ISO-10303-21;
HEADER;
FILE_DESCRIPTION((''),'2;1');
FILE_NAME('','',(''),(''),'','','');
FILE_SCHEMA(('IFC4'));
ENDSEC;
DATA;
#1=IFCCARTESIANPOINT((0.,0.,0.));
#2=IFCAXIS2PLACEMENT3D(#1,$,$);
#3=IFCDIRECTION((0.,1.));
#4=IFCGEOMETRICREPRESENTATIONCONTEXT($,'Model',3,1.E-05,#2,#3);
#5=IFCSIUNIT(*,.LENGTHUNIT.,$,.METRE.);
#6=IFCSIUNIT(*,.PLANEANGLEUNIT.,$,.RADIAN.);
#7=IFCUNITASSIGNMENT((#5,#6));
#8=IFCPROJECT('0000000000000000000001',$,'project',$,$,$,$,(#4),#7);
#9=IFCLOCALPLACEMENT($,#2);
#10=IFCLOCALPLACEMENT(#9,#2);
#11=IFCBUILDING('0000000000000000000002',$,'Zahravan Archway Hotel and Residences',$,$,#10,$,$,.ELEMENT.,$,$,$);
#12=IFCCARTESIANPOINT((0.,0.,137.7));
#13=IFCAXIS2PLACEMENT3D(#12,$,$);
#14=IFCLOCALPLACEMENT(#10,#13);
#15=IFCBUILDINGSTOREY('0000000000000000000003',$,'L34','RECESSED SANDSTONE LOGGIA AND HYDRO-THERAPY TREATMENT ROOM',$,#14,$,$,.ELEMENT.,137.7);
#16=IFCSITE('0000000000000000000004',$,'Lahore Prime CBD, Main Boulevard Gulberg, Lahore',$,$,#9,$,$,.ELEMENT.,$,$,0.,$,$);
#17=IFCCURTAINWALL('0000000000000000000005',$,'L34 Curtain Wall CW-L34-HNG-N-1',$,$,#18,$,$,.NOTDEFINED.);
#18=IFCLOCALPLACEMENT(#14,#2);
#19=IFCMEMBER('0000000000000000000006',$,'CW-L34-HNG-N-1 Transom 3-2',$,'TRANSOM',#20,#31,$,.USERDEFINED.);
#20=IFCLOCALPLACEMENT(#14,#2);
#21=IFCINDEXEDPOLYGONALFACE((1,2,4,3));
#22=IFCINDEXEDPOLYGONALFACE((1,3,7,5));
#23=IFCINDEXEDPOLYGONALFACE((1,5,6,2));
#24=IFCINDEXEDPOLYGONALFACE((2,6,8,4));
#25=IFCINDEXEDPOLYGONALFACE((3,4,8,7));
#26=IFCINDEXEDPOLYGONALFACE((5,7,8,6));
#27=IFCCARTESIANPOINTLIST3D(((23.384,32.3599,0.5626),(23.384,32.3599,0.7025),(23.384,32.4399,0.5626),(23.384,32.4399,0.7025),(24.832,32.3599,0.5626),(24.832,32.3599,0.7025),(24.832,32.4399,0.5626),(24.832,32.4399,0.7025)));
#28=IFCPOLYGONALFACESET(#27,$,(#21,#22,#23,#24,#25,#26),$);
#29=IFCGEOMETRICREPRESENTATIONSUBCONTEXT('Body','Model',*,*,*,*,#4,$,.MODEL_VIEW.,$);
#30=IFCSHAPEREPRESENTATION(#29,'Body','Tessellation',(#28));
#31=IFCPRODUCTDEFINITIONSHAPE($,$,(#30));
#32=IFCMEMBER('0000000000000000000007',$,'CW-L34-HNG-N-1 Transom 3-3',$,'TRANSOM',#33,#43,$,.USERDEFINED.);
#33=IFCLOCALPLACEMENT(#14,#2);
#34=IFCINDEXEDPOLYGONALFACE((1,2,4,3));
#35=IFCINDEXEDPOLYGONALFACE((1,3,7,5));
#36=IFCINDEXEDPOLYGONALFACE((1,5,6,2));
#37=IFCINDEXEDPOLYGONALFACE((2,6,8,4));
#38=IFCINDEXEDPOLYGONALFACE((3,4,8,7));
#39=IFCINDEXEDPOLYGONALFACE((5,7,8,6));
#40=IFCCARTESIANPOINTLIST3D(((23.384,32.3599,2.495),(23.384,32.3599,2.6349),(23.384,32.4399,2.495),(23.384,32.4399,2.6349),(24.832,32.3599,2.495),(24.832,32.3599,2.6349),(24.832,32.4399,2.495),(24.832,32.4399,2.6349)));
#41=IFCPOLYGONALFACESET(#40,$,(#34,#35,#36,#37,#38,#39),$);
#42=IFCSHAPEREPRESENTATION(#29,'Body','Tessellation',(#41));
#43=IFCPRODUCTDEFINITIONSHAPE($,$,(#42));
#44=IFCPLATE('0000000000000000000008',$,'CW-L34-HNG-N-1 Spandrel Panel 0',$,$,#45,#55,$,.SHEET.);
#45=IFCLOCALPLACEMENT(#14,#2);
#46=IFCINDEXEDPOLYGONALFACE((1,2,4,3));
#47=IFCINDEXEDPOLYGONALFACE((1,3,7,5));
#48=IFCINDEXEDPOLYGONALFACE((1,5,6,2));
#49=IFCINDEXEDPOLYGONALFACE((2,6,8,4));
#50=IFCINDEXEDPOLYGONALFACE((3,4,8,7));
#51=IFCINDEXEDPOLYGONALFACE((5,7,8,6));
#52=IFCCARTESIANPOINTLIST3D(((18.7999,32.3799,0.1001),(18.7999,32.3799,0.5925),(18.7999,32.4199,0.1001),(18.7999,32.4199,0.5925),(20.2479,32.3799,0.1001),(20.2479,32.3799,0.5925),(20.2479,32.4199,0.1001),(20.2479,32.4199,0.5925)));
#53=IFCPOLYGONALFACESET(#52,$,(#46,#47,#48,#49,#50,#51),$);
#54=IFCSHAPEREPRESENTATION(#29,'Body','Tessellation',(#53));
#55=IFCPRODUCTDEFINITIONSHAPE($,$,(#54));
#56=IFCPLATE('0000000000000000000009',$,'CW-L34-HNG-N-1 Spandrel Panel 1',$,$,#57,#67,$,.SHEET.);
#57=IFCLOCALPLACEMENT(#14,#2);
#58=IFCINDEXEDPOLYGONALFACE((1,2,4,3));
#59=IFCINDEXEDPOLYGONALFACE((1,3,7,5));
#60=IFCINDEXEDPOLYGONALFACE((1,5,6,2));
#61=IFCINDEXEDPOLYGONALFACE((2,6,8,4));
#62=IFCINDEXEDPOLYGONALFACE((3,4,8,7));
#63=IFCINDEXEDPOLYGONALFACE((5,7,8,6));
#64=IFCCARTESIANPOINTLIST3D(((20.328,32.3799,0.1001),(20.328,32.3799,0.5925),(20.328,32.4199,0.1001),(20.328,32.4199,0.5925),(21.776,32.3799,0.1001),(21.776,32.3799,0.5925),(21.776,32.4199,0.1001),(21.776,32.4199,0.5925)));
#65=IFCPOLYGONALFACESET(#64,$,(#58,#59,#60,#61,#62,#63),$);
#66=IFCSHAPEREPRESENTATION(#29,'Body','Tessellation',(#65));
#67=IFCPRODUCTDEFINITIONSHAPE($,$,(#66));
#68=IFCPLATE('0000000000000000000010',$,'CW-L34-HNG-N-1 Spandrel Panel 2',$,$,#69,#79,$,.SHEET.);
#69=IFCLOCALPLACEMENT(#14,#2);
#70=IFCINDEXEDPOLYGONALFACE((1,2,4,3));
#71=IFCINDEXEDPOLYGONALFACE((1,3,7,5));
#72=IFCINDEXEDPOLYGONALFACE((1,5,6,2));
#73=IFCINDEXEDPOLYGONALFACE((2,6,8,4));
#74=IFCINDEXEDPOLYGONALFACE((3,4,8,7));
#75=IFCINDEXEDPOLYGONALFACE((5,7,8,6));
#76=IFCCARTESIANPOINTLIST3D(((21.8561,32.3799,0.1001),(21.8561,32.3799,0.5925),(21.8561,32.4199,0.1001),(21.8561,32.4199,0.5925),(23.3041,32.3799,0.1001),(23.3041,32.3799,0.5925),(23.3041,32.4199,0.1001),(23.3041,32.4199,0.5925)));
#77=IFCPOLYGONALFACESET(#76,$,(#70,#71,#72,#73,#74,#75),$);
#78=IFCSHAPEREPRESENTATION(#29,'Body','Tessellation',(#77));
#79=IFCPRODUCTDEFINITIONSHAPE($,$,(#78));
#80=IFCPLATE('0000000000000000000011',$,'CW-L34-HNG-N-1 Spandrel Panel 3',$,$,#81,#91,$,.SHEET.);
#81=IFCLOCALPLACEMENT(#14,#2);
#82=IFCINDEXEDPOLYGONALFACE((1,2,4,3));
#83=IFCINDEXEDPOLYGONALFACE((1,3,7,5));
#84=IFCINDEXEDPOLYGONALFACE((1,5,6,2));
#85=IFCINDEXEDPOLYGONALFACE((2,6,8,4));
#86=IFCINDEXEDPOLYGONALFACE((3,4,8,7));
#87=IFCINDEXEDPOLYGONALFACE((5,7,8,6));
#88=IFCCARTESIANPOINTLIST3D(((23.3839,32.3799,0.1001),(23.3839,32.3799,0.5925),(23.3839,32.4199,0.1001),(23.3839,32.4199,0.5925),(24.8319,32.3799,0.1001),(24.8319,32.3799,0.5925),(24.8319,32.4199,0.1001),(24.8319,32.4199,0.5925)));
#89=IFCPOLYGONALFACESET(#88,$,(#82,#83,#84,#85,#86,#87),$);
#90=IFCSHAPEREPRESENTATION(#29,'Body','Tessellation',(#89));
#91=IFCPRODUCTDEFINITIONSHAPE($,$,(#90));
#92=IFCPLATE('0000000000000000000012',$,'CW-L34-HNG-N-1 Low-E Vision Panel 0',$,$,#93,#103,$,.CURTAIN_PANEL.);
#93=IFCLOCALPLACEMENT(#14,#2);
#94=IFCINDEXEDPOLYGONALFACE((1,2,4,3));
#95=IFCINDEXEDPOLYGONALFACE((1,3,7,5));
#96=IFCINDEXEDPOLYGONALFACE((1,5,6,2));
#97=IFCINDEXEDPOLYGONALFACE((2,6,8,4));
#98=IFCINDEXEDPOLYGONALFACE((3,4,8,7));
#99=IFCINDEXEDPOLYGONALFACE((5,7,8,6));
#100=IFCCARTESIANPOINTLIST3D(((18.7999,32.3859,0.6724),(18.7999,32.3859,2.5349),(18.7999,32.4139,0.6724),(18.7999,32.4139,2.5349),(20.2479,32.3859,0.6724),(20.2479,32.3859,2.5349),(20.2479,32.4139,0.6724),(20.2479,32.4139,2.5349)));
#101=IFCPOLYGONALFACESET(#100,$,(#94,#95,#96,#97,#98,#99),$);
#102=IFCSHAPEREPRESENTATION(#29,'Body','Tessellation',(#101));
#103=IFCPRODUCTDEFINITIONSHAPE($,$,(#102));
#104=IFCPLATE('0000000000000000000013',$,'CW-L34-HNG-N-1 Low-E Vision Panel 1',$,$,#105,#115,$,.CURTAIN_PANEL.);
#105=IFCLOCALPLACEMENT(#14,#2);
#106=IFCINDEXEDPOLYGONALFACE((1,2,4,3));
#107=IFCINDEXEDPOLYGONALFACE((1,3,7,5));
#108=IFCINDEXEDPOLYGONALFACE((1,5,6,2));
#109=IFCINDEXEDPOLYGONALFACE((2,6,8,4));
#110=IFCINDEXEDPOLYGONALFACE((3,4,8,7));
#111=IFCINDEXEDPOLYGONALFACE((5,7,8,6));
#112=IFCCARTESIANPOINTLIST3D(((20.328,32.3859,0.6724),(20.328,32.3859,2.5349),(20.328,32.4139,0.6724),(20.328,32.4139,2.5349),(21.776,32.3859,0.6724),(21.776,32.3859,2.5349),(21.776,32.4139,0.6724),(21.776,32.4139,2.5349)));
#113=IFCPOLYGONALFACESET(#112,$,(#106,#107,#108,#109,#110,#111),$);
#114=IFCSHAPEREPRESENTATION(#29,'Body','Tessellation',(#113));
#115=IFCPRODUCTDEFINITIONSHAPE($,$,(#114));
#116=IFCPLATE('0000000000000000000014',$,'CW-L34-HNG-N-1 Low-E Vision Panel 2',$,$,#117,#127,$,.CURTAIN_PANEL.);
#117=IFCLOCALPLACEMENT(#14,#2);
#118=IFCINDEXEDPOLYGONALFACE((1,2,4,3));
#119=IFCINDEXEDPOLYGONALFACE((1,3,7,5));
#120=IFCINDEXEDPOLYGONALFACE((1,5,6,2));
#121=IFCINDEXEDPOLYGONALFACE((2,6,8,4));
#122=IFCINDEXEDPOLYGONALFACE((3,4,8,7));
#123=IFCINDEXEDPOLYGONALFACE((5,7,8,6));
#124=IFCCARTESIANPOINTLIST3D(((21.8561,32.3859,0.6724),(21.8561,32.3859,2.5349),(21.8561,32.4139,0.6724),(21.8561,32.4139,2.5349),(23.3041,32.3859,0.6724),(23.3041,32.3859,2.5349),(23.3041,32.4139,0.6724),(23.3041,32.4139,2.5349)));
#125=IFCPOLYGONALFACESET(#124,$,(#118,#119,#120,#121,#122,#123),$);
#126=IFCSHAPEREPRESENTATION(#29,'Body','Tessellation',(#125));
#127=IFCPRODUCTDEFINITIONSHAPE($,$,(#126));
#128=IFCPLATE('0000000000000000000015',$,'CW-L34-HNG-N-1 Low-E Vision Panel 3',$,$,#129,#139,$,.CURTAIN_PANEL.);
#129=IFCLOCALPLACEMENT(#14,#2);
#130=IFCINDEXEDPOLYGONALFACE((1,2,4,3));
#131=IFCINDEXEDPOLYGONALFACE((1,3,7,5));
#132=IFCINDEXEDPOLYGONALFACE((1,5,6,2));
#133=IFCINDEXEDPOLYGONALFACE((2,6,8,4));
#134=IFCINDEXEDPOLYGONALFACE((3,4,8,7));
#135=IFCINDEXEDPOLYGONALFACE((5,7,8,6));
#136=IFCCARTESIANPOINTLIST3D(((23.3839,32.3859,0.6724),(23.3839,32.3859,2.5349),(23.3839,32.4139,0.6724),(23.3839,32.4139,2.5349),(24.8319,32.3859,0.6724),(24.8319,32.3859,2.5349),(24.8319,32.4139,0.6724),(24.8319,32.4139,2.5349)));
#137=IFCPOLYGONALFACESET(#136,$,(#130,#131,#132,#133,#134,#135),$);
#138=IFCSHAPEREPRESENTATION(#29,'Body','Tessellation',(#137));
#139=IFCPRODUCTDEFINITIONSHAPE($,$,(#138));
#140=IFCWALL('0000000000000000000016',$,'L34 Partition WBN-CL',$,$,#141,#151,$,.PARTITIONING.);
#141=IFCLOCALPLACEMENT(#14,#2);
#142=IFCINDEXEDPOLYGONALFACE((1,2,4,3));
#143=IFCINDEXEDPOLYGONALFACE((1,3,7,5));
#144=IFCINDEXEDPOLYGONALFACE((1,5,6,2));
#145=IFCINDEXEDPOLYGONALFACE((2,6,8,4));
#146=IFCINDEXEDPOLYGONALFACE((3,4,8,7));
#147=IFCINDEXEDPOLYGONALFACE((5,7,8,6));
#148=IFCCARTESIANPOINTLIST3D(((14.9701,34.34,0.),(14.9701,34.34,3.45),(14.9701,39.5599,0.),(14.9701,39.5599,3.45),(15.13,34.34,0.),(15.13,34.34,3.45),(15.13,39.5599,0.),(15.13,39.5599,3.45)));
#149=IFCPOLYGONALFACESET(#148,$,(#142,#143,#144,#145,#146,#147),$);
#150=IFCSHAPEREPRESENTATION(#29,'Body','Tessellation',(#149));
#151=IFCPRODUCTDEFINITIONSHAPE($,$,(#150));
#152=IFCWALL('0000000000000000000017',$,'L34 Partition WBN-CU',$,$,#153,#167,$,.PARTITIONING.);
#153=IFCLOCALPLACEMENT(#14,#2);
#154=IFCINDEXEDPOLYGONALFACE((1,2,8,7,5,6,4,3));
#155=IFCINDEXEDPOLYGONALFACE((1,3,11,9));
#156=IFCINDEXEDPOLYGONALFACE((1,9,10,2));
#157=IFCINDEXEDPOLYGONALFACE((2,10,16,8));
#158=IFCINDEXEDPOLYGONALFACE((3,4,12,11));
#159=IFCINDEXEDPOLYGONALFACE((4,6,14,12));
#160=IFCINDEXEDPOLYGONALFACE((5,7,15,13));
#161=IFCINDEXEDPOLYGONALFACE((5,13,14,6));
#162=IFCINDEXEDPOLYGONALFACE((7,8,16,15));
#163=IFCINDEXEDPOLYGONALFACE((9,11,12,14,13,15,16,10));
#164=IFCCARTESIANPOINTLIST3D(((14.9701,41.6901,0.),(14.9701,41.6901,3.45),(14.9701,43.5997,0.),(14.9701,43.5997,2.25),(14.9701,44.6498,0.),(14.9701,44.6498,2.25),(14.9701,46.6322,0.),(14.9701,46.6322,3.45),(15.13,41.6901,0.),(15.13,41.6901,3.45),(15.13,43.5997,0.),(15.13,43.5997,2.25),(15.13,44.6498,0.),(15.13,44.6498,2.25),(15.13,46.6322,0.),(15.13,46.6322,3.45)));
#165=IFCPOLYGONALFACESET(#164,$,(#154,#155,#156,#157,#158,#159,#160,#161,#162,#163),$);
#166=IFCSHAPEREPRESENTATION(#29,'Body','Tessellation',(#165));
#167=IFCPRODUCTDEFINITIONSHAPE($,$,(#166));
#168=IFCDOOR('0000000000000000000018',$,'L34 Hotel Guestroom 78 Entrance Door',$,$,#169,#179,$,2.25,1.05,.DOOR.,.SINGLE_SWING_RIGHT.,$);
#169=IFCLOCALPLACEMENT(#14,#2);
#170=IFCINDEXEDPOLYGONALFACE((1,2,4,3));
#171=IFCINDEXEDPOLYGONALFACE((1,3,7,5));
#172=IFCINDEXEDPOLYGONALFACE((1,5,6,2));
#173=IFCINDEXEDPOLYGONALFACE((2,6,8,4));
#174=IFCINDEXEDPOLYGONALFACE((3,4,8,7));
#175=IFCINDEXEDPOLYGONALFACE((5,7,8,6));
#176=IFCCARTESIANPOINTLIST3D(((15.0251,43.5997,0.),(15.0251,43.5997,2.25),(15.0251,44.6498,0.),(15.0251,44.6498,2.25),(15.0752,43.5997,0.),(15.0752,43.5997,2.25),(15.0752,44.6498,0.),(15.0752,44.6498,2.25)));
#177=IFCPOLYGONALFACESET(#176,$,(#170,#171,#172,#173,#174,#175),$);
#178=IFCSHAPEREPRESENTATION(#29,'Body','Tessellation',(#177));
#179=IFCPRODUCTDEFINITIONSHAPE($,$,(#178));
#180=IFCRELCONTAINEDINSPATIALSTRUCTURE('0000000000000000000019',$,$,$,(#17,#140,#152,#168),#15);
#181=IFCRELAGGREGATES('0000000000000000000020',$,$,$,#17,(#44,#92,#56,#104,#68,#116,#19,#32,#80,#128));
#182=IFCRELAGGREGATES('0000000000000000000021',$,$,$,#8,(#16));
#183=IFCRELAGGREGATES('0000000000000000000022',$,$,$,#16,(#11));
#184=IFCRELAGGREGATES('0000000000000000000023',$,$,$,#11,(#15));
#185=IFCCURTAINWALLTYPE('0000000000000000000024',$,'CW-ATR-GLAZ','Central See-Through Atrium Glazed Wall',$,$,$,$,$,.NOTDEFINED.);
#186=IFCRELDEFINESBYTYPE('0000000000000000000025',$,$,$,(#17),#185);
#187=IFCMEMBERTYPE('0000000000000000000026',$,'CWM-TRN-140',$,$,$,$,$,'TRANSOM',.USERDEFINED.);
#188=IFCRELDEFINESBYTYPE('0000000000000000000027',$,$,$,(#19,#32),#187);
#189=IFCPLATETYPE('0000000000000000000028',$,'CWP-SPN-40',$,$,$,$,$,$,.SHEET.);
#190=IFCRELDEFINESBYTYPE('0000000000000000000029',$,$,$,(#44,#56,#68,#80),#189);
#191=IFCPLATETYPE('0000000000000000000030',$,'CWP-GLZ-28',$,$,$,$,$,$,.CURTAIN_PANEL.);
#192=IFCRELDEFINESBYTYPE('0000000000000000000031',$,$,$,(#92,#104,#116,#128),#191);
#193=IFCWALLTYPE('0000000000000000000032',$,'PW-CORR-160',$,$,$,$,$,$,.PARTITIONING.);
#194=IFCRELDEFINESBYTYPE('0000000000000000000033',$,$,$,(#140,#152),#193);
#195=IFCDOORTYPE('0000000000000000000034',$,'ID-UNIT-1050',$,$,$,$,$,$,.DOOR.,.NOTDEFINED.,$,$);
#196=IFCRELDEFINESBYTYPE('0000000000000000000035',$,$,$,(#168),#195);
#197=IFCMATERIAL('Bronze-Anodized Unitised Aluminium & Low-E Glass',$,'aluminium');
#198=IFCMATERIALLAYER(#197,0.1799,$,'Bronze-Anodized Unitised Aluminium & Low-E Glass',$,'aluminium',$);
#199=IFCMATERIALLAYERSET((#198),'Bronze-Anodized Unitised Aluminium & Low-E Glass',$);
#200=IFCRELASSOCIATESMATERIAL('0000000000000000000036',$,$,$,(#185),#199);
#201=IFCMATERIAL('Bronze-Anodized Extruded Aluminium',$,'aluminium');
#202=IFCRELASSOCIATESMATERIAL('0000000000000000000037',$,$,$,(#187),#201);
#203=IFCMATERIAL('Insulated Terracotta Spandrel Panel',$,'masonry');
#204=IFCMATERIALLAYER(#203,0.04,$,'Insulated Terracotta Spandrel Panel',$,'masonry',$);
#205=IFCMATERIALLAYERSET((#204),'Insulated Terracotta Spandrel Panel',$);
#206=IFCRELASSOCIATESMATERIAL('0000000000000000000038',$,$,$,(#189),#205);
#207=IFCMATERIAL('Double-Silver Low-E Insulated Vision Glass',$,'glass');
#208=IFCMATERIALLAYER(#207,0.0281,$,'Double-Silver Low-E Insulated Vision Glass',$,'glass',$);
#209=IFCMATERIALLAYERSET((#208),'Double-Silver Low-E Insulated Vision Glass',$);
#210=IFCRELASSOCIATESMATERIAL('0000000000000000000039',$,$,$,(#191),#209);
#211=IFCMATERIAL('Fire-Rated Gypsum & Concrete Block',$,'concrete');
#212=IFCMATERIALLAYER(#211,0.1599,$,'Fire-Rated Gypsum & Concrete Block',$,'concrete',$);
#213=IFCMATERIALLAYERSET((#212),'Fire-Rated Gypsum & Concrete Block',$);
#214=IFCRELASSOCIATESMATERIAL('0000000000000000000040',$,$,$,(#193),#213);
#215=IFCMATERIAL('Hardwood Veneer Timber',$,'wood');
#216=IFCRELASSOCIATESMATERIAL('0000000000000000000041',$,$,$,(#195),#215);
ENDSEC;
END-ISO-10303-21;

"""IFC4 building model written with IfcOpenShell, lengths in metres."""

from ifc_helpers import new_model, si_unit, direction, frame, frame_2d, origin, origin_2d, place, context, subcontext, project, spatial, rectangle, extrude, source, transform, mapped, material, layer, layer_set, material_profile, profile_set, type_object, type_shapes, element, fill, aggregate, save


model = new_model("IFC4")

# Units and contexts
model_context = context("Model", 3, precision=1e-05, world=origin(), true_north=direction((0.0, 1.0)))
body_context = subcontext(model_context, "Body", "Model", "MODEL_VIEW")
ifc_project = project(units=[si_unit("LENGTHUNIT", "METRE"), si_unit("PLANEANGLEUNIT", "RADIAN")], contexts=[model_context])

# Site, building, storey
site_placement = place(None, origin())
site = spatial("IfcSite", under=ifc_project, at=site_placement, Name="Lahore Prime CBD, Main Boulevard Gulberg, Lahore", CompositionType="ELEMENT", RefElevation=0.0)
building_placement = place(site_placement, origin())
building = spatial("IfcBuilding", under=site, at=building_placement, Name="Zahravan Archway Hotel and Residences", CompositionType="ELEMENT")
storey_placement = place(building_placement, frame((0.0, 0.0, 137.7)))
storey = spatial("IfcBuildingStorey", under=building, at=storey_placement, Name="L34", Description="RECESSED SANDSTONE LOGGIA AND HYDRO-THERAPY TREATMENT ROOM", CompositionType="ELEMENT", Elevation=137.7)

# Curtain wall, members, plates
ifc_material_1 = material(Name="Bronze-Anodized Unitised Aluminium & Low-E Glass", Category="aluminium")
ifc_layer_1 = layer(ifc_material_1, 0.1799, Name="Bronze-Anodized Unitised Aluminium & Low-E Glass", Category="aluminium")
ifc_layer_set_1 = layer_set([ifc_layer_1], Name="Bronze-Anodized Unitised Aluminium & Low-E Glass")
curtain_wall_type = type_object("IfcCurtainWallType", Name="CW-ATR-GLAZ", Description="Central See-Through Atrium Glazed Wall", PredefinedType="NOTDEFINED", material=ifc_layer_set_1)
curtain_wall_placement = place(storey_placement, origin())
curtain_wall = element("IfcCurtainWall", 1, at=curtain_wall_placement, inside=storey, type_object=curtain_wall_type, Name="L34 Curtain Wall CW-L34-HNG-N-1", PredefinedType="NOTDEFINED")
ifc_material_2 = material(Name="Bronze-Anodized Extruded Aluminium", Category="aluminium")
ifc_material_profile_1 = material_profile(ifc_material_2, rectangle(XDim=0.0801, YDim=0.1399, at=origin_2d()), Name="TRN 80x140", Category="aluminium")
ifc_profile_set_1 = profile_set([ifc_material_profile_1], Name="Bronze-Anodized Extruded Aluminium")
member_type_1 = type_object("IfcMemberType", Name="CWM-TRN-140", ElementType="TRANSOM", PredefinedType="USERDEFINED", material=ifc_profile_set_1)
shared_shape_1 = source(origin(), body_context, "Body", "SweptSolid", [
    extrude(rectangle(XDim=0.0801, YDim=0.1399, at=origin_2d()), origin(), (0.0, 0.0, 1.0), 1.448),
])
member_1_placement = place(storey_placement, frame((23.384, 32.3999, 0.6326), z_axis=(1.0, 0.0, 0.0), x_axis=(0.0, 1.0, 0.0)))
member_1 = element("IfcMember", 2, at=member_1_placement, type_object=member_type_1, Name="CW-L34-HNG-N-1 Transom 3-2", ObjectType="TRANSOM", PredefinedType="USERDEFINED", context=body_context, shape_type="MappedRepresentation", body=[
    mapped(shared_shape_1, transform((0.0, 0.0, 0.0), scale=1.0)),
])
member_2_placement = place(storey_placement, frame((23.384, 32.3999, 2.5649), z_axis=(1.0, 0.0, 0.0), x_axis=(0.0, 1.0, 0.0)))
member_2 = element("IfcMember", 3, at=member_2_placement, type_object=member_type_1, Name="CW-L34-HNG-N-1 Transom 3-3", ObjectType="TRANSOM", PredefinedType="USERDEFINED", context=body_context, shape_type="MappedRepresentation", body=[
    mapped(shared_shape_1, transform((0.0, 0.0, 0.0), scale=1.0)),
])
ifc_material_3 = material(Name="Insulated Terracotta Spandrel Panel", Category="masonry")
ifc_layer_2 = layer(ifc_material_3, 0.04, Name="Insulated Terracotta Spandrel Panel", Category="masonry")
ifc_layer_set_2 = layer_set([ifc_layer_2], Name="Insulated Terracotta Spandrel Panel")
plate_type_1 = type_object("IfcPlateType", Name="CWP-SPN-40", PredefinedType="SHEET", material=ifc_layer_set_2)
shared_shape_2 = source(origin(), body_context, "Body", "SweptSolid", [
    extrude(rectangle(XDim=1.448, YDim=0.04, at=origin_2d()), origin(), (0.0, 0.0, 1.0), 0.4924),
])
plate_1_placement = place(storey_placement, frame((19.5239, 32.3999, 0.1001), z_axis=(0.0, 0.0, 1.0), x_axis=(1.0, 0.0, 0.0)))
plate_1 = element("IfcPlate", 4, at=plate_1_placement, type_object=plate_type_1, Name="CW-L34-HNG-N-1 Spandrel Panel 0", PredefinedType="SHEET", context=body_context, shape_type="MappedRepresentation", body=[
    mapped(shared_shape_2, transform((0.0, 0.0, 0.0), scale=1.0)),
])
plate_2_placement = place(storey_placement, frame((21.052, 32.3999, 0.1001), z_axis=(0.0, 0.0, 1.0), x_axis=(1.0, 0.0, 0.0)))
plate_2 = element("IfcPlate", 5, at=plate_2_placement, type_object=plate_type_1, Name="CW-L34-HNG-N-1 Spandrel Panel 1", PredefinedType="SHEET", context=body_context, shape_type="MappedRepresentation", body=[
    mapped(shared_shape_2, transform((0.0, 0.0, 0.0), scale=1.0)),
])
plate_3_placement = place(storey_placement, frame((22.5801, 32.3999, 0.1001), z_axis=(0.0, 0.0, 1.0), x_axis=(1.0, 0.0, 0.0)))
plate_3 = element("IfcPlate", 6, at=plate_3_placement, type_object=plate_type_1, Name="CW-L34-HNG-N-1 Spandrel Panel 2", PredefinedType="SHEET", context=body_context, shape_type="MappedRepresentation", body=[
    mapped(shared_shape_2, transform((0.0, 0.0, 0.0), scale=1.0)),
])
plate_4_placement = place(storey_placement, frame((24.1079, 32.3999, 0.1001), z_axis=(0.0, 0.0, 1.0), x_axis=(1.0, 0.0, 0.0)))
plate_4 = element("IfcPlate", 7, at=plate_4_placement, type_object=plate_type_1, Name="CW-L34-HNG-N-1 Spandrel Panel 3", PredefinedType="SHEET", context=body_context, shape_type="MappedRepresentation", body=[
    mapped(shared_shape_2, transform((0.0, 0.0, 0.0), scale=1.0)),
])
ifc_material_4 = material(Name="Double-Silver Low-E Insulated Vision Glass", Category="glass")
ifc_layer_3 = layer(ifc_material_4, 0.0281, Name="Double-Silver Low-E Insulated Vision Glass", Category="glass")
ifc_layer_set_3 = layer_set([ifc_layer_3], Name="Double-Silver Low-E Insulated Vision Glass")
plate_type_2 = type_object("IfcPlateType", Name="CWP-GLZ-28", PredefinedType="CURTAIN_PANEL", material=ifc_layer_set_3)
shared_shape_3 = source(origin(), body_context, "Body", "SweptSolid", [
    extrude(rectangle(XDim=1.448, YDim=0.0281, at=origin_2d()), origin(), (0.0, 0.0, 1.0), 1.8625),
])
plate_5_placement = place(storey_placement, frame((19.5239, 32.3999, 0.6724), z_axis=(0.0, 0.0, 1.0), x_axis=(1.0, 0.0, 0.0)))
plate_5 = element("IfcPlate", 8, at=plate_5_placement, type_object=plate_type_2, Name="CW-L34-HNG-N-1 Low-E Vision Panel 0", PredefinedType="CURTAIN_PANEL", context=body_context, shape_type="MappedRepresentation", body=[
    mapped(shared_shape_3, transform((0.0, 0.0, 0.0), scale=1.0)),
])
plate_6_placement = place(storey_placement, frame((21.052, 32.3999, 0.6724), z_axis=(0.0, 0.0, 1.0), x_axis=(1.0, 0.0, 0.0)))
plate_6 = element("IfcPlate", 9, at=plate_6_placement, type_object=plate_type_2, Name="CW-L34-HNG-N-1 Low-E Vision Panel 1", PredefinedType="CURTAIN_PANEL", context=body_context, shape_type="MappedRepresentation", body=[
    mapped(shared_shape_3, transform((0.0, 0.0, 0.0), scale=1.0)),
])
plate_7_placement = place(storey_placement, frame((22.5801, 32.3999, 0.6724), z_axis=(0.0, 0.0, 1.0), x_axis=(1.0, 0.0, 0.0)))
plate_7 = element("IfcPlate", 10, at=plate_7_placement, type_object=plate_type_2, Name="CW-L34-HNG-N-1 Low-E Vision Panel 2", PredefinedType="CURTAIN_PANEL", context=body_context, shape_type="MappedRepresentation", body=[
    mapped(shared_shape_3, transform((0.0, 0.0, 0.0), scale=1.0)),
])
plate_8_placement = place(storey_placement, frame((24.1079, 32.3999, 0.6724), z_axis=(0.0, 0.0, 1.0), x_axis=(1.0, 0.0, 0.0)))
plate_8 = element("IfcPlate", 11, at=plate_8_placement, type_object=plate_type_2, Name="CW-L34-HNG-N-1 Low-E Vision Panel 3", PredefinedType="CURTAIN_PANEL", context=body_context, shape_type="MappedRepresentation", body=[
    mapped(shared_shape_3, transform((0.0, 0.0, 0.0), scale=1.0)),
])
aggregate(curtain_wall, [plate_1, plate_5, plate_2, plate_6, plate_3, plate_7, member_1, member_2, plate_4, plate_8])

# Wall
ifc_material_5 = material(Name="Fire-Rated Gypsum & Concrete Block", Category="concrete")
ifc_layer_4 = layer(ifc_material_5, 0.1599, Name="Fire-Rated Gypsum & Concrete Block", Category="concrete")
ifc_layer_set_4 = layer_set([ifc_layer_4], Name="Fire-Rated Gypsum & Concrete Block")
wall_type = type_object("IfcWallType", Name="PW-CORR-160", PredefinedType="PARTITIONING", material=ifc_layer_set_4)
wall_1_placement = place(storey_placement, frame((15.05, 34.3401, 0.0), z_axis=(0.0, 0.0, 1.0), x_axis=(0.0, 1.0, 0.0)))
element("IfcWall", 12, at=wall_1_placement, inside=storey, type_object=wall_type, Name="L34 Partition WBN-CL", PredefinedType="PARTITIONING", context=body_context, shape_type="SweptSolid", body=[
    extrude(rectangle(XDim=5.22, YDim=0.1599, at=frame_2d((2.6099, 0.0))), origin(), (0.0, 0.0, 1.0), 3.45),
])

# Wall, opening, door
wall_2_placement = place(storey_placement, frame((15.05, 41.6899, 0.0), z_axis=(0.0, 0.0, 1.0), x_axis=(0.0, 1.0, 0.0)))
wall_2 = element("IfcWall", 13, at=wall_2_placement, inside=storey, type_object=wall_type, Name="L34 Partition WBN-CU", PredefinedType="PARTITIONING", context=body_context, shape_type="SweptSolid", body=[
    extrude(rectangle(XDim=4.9421, YDim=0.1599, at=frame_2d((2.4712, 0.0))), origin(), (0.0, 0.0, 1.0), 3.45),
])
opening_placement = place(wall_2_placement, frame((1.9099, 0.0, 0.0)))
opening = element("IfcOpeningElement", 14, at=opening_placement, cuts=wall_2, PredefinedType="OPENING", context=body_context, shape_type="SweptSolid", body=[
    extrude(rectangle(XDim=1.05, YDim=2.25, at=frame_2d((0.5249, 1.125))), frame((0.0, 0.0898, 0.0), z_axis=(0.0, -1.0, 0.0), x_axis=(1.0, 0.0, 0.0)), (0.0, 0.0, 1.0), 0.1799),
])
ifc_material_6 = material(Name="Hardwood Veneer Timber", Category="wood")
door_type = type_object("IfcDoorType", Name="ID-UNIT-1050", OperationType="NOTDEFINED", PredefinedType="DOOR", material=ifc_material_6)
shared_shape_4 = source(origin(), body_context, "Body", "SweptSolid", [
    extrude(rectangle(XDim=1.05, YDim=2.25, at=frame_2d((0.5249, 1.125))), frame((0.0, 0.0249, 0.0), z_axis=(0.0, -1.0, 0.0), x_axis=(1.0, 0.0, 0.0)), (0.0, 0.0, 1.0), 0.05),
])
type_shapes(door_type, [shared_shape_4])
door_placement = place(opening_placement, origin())
door = element("IfcDoor", 15, at=door_placement, inside=storey, type_object=door_type, Name="L34 Hotel Guestroom 78 Entrance Door", OperationType="SINGLE_SWING_RIGHT", OverallHeight=2.25, OverallWidth=1.05, PredefinedType="DOOR", context=body_context, shape_type="MappedRepresentation", body=[
    mapped(shared_shape_4, transform((0.0, 0.0, 0.0), scale=1.0)),
])
fill(opening, door)

save(model, "model.ifc")
